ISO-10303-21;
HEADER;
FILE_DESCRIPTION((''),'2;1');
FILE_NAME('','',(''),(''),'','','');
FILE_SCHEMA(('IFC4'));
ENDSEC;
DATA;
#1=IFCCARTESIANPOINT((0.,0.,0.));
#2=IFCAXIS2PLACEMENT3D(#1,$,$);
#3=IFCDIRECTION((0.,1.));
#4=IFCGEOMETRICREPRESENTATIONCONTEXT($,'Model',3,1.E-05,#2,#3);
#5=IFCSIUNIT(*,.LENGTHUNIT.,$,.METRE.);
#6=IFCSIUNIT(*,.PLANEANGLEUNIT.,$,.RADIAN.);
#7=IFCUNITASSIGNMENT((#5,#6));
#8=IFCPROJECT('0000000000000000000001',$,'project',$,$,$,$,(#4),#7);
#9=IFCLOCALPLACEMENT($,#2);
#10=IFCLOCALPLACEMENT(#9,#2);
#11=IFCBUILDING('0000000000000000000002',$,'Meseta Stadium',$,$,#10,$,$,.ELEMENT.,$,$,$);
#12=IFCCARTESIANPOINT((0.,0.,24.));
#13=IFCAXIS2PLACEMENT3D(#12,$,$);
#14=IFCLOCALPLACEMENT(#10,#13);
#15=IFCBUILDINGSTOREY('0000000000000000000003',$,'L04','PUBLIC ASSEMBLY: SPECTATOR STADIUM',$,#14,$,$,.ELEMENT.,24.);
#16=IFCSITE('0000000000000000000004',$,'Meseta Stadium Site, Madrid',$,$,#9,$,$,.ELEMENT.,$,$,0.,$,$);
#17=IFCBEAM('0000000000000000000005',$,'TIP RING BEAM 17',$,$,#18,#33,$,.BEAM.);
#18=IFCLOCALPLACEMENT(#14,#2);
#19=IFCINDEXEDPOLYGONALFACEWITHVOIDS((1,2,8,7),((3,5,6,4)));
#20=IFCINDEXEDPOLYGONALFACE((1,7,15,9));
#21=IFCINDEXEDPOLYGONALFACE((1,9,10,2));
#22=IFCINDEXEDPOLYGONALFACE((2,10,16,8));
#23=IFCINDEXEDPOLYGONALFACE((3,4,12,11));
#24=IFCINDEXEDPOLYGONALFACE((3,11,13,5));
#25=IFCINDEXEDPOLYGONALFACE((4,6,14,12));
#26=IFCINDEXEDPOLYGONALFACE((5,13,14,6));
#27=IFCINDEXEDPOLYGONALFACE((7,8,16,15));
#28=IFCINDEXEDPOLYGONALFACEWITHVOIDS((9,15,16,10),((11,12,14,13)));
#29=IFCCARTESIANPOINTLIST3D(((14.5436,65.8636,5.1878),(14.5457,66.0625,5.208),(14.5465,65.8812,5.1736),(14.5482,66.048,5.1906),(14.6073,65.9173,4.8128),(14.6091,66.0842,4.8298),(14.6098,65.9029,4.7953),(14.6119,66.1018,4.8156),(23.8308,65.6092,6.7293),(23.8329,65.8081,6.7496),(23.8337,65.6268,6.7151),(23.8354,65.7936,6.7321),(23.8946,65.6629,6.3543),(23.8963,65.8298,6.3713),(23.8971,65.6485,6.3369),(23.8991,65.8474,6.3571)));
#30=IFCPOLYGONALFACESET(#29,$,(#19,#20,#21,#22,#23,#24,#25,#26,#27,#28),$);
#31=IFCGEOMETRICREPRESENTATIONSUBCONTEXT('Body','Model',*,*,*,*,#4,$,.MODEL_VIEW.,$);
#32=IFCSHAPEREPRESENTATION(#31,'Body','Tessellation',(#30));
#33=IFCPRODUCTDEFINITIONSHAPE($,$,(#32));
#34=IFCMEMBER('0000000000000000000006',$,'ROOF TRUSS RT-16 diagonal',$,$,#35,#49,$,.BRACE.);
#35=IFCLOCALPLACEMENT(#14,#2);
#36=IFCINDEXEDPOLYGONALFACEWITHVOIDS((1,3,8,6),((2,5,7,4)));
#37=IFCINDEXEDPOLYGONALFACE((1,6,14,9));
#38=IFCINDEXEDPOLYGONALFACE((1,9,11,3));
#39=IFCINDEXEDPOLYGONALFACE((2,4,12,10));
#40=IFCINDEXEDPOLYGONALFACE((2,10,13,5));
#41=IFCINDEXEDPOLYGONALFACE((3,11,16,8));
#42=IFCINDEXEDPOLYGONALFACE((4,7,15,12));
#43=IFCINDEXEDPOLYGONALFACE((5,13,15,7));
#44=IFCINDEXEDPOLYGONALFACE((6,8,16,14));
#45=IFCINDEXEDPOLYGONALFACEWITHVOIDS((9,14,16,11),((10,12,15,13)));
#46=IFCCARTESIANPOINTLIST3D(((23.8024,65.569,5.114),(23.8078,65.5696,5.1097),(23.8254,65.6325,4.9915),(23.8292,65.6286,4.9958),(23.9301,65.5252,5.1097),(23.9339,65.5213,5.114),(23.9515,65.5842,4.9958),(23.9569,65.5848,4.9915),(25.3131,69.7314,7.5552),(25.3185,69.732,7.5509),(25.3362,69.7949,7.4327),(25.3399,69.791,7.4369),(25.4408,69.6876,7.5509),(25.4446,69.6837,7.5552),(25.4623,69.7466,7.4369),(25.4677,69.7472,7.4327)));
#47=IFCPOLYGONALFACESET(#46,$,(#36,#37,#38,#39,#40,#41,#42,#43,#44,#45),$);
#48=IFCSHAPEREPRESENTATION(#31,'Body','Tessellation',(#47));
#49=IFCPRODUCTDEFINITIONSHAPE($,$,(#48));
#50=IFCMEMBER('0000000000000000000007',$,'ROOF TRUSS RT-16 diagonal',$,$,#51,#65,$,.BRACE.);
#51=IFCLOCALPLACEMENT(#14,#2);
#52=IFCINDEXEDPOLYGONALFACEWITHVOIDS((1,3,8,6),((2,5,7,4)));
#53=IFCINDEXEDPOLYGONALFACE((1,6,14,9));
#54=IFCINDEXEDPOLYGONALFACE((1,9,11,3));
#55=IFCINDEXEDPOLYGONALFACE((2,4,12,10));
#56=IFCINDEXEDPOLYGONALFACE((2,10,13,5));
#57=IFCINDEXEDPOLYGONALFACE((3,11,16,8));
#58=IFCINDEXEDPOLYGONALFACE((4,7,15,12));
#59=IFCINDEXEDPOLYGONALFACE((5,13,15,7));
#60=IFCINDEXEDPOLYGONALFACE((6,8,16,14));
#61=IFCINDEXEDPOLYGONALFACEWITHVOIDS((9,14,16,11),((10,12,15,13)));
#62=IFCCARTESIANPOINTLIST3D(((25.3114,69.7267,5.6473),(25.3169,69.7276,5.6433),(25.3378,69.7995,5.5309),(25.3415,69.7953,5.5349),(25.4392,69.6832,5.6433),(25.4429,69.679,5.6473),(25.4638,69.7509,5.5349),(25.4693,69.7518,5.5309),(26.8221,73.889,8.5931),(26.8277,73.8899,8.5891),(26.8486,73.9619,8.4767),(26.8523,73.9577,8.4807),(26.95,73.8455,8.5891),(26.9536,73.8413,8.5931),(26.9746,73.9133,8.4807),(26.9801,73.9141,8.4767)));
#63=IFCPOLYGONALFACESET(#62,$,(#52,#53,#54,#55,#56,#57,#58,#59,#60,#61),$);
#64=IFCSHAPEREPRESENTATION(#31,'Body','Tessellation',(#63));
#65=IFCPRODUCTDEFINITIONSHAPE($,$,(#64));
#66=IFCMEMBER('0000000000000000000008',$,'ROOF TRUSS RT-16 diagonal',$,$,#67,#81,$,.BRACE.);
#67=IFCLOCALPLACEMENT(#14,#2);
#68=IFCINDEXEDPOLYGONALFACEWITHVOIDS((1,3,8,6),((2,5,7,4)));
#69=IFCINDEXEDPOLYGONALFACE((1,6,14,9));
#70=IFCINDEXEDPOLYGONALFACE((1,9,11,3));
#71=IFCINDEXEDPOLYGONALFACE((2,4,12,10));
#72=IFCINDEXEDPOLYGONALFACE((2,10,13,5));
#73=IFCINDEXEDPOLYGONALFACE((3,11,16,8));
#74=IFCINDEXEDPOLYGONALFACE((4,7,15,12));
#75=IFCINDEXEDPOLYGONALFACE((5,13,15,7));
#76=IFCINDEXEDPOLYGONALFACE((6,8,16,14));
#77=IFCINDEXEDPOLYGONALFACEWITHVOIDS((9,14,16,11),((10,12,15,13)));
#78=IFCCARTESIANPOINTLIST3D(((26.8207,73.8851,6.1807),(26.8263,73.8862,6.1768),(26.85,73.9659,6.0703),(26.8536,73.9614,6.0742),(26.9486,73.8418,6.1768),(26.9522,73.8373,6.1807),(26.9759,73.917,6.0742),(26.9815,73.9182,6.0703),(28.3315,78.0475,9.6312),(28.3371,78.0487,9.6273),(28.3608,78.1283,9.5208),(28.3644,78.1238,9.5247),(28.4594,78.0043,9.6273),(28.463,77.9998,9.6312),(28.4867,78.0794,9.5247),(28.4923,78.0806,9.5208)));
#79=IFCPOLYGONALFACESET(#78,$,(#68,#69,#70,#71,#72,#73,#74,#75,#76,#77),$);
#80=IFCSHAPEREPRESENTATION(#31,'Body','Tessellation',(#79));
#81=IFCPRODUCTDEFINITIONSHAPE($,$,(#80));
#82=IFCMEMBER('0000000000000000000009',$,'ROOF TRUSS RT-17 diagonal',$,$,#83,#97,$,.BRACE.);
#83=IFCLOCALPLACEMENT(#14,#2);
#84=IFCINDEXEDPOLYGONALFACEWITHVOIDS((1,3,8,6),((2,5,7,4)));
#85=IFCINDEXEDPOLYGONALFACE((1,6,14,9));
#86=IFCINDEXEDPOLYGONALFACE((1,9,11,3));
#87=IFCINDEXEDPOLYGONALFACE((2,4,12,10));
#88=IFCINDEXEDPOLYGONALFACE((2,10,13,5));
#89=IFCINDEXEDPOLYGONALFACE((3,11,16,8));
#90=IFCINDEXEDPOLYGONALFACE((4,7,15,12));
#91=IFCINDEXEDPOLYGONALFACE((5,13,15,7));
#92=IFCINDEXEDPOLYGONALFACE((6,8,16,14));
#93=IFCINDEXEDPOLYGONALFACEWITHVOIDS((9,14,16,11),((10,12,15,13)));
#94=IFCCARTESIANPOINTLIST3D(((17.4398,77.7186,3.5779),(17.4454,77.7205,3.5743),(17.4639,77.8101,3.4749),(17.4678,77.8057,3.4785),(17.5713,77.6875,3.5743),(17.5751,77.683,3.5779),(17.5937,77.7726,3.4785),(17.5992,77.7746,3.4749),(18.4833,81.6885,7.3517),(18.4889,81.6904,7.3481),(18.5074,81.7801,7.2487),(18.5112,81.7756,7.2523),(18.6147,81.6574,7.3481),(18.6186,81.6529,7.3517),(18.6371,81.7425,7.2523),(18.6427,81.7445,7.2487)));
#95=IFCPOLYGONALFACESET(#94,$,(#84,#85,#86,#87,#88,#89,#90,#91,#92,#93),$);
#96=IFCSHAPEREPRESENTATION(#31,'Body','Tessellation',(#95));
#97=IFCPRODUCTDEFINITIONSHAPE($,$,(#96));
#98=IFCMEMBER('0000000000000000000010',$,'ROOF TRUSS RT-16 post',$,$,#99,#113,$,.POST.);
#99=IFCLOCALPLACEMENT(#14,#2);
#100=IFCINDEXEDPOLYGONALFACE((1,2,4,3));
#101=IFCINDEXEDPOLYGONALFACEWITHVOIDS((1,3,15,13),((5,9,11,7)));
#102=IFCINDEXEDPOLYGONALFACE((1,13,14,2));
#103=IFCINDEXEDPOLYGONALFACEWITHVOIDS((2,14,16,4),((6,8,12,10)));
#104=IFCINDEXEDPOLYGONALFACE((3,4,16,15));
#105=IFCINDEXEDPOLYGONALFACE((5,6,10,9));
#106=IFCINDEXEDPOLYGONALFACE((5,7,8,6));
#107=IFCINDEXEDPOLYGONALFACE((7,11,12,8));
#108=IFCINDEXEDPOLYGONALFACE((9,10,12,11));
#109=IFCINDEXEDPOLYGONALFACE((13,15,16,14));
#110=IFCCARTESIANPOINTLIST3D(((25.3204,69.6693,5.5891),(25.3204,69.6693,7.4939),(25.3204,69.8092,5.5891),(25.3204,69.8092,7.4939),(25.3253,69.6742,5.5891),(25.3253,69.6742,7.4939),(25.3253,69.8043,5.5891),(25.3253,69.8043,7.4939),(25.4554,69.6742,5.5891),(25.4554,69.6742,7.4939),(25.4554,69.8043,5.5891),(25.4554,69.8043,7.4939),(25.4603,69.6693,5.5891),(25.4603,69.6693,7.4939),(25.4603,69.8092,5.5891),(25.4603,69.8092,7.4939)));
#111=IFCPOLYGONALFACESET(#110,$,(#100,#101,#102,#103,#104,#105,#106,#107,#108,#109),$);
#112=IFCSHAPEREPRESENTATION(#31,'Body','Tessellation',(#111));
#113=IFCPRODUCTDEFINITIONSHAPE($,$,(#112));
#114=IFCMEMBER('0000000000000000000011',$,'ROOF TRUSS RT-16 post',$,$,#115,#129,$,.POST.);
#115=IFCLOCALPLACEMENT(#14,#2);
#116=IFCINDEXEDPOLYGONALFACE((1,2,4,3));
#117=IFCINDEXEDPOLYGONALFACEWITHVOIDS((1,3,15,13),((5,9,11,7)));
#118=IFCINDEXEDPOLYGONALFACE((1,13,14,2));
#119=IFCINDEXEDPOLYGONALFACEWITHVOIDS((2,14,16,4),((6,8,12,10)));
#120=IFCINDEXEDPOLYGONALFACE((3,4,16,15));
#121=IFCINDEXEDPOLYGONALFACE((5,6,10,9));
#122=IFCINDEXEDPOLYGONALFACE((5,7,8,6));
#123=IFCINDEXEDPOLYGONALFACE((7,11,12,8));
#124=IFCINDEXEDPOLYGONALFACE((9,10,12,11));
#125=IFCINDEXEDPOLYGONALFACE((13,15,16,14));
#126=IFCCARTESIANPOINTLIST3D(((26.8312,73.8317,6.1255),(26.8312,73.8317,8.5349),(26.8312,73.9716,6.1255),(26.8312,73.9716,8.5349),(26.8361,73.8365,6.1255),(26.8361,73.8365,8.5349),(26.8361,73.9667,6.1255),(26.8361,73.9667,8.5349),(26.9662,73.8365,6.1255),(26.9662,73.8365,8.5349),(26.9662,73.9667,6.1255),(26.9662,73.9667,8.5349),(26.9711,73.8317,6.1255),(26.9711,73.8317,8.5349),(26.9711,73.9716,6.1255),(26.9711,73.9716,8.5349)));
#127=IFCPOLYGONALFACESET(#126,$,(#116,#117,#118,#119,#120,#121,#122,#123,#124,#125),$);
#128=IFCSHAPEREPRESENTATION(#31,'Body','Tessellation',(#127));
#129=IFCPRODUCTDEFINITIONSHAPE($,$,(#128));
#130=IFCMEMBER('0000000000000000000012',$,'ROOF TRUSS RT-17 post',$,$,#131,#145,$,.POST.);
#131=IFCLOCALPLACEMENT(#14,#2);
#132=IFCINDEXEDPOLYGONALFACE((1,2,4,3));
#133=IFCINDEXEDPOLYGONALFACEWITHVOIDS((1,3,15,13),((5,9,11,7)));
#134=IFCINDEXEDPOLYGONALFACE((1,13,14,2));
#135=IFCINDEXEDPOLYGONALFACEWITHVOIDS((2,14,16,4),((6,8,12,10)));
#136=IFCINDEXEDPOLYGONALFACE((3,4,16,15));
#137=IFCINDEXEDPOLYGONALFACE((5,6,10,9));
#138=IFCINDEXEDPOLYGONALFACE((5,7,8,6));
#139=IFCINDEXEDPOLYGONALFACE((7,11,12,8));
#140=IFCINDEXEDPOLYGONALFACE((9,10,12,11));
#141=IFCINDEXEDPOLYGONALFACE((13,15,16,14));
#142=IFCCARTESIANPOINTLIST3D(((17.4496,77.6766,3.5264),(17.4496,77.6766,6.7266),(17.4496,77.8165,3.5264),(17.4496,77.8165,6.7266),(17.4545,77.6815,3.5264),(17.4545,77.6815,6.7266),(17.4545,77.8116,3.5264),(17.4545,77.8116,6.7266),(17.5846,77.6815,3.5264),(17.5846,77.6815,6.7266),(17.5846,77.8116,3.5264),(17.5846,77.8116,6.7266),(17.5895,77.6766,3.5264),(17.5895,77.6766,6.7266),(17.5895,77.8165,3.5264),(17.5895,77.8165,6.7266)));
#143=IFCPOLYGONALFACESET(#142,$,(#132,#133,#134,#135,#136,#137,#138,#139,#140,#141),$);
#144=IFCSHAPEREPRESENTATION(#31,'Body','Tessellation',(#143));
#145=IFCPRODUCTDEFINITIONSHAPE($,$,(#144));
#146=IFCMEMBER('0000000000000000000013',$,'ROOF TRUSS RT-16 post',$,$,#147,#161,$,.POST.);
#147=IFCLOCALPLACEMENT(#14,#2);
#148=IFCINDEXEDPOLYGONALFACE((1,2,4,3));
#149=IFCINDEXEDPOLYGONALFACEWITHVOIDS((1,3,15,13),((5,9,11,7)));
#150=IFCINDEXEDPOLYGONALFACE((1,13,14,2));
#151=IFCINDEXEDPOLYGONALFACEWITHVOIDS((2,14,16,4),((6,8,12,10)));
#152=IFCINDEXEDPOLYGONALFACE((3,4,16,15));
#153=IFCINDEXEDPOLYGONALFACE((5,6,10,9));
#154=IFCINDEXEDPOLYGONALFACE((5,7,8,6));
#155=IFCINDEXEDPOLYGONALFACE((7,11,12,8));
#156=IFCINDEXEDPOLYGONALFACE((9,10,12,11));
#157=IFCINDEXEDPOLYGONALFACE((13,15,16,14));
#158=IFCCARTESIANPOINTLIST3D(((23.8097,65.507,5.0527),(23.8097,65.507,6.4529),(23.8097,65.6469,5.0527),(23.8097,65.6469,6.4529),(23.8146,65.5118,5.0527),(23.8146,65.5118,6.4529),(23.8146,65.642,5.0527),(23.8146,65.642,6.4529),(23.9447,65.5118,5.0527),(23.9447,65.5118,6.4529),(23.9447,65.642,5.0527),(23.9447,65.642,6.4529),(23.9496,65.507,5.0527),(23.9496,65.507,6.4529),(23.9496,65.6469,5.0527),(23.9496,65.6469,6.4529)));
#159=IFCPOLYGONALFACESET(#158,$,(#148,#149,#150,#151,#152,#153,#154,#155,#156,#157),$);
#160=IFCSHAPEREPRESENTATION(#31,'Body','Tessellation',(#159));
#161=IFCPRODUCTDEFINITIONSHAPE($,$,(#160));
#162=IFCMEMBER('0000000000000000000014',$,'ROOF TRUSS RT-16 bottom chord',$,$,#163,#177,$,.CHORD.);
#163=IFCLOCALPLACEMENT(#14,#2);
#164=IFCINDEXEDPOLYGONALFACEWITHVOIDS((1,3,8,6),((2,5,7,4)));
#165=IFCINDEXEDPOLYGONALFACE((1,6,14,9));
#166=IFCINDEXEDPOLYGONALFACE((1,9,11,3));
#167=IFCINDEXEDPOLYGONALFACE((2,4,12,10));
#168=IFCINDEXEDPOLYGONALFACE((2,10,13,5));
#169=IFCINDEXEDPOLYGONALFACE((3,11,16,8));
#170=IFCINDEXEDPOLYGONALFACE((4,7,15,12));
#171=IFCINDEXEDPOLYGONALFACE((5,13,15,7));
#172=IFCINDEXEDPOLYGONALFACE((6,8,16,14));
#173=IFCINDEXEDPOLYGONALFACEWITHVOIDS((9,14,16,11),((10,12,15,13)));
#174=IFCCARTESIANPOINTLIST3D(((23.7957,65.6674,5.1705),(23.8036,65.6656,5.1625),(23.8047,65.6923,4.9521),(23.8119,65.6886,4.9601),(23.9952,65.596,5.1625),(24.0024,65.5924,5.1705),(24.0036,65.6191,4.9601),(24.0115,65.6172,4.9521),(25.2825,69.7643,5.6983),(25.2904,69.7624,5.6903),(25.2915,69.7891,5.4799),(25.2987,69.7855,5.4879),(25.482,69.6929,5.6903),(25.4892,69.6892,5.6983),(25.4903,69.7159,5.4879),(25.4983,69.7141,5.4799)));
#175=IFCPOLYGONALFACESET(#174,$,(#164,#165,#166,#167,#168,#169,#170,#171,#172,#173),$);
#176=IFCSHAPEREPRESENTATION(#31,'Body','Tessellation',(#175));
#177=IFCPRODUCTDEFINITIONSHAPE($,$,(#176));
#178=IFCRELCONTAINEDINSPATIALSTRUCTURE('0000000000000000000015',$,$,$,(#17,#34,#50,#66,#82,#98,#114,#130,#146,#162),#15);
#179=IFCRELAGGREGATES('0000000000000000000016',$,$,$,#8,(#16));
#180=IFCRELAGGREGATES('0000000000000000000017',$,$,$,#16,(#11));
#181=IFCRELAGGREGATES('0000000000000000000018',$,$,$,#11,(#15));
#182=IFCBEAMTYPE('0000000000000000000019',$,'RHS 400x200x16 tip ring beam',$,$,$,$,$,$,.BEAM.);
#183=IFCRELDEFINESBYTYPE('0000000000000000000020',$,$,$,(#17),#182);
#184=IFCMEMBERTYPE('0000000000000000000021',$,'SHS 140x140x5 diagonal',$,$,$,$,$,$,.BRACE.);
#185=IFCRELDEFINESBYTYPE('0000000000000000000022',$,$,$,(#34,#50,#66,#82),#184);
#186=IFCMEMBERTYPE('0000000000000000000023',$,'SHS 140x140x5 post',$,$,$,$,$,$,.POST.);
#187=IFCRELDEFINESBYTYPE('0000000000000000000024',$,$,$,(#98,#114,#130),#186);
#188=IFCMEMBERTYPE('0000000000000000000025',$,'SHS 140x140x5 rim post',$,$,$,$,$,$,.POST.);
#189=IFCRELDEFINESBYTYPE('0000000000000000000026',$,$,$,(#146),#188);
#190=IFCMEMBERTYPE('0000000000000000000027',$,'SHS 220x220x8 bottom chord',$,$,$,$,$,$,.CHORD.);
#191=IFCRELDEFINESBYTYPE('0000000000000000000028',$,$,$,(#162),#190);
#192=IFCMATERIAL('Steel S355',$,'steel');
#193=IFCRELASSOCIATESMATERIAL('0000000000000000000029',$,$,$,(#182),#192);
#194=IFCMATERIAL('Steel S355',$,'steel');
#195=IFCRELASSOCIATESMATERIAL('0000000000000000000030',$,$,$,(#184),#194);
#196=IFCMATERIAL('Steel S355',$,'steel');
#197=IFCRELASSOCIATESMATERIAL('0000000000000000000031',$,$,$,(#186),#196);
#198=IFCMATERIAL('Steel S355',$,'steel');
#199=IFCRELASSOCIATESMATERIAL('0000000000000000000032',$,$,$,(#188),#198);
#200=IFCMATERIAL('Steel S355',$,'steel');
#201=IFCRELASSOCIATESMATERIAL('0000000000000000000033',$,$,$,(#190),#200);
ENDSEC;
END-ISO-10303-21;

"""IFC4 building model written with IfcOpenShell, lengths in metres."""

from ifc_helpers import new_model, si_unit, direction, frame, origin, origin_2d, place, context, subcontext, project, spatial, hollow_rectangle, extrude, material, material_profile, profile_set, type_object, element, save


model = new_model("IFC4")

# Units and contexts
model_context = context("Model", 3, precision=1e-05, world=origin(), true_north=direction((0.0, 1.0)))
body_context = subcontext(model_context, "Body", "Model", "MODEL_VIEW")
ifc_project = project(units=[si_unit("LENGTHUNIT", "METRE"), si_unit("PLANEANGLEUNIT", "RADIAN")], contexts=[model_context])

# Site, building, storey
site_placement = place(None, origin())
site = spatial("IfcSite", under=ifc_project, at=site_placement, Name="Meseta Stadium Site, Madrid", CompositionType="ELEMENT", RefElevation=0.0)
building_placement = place(site_placement, origin())
building = spatial("IfcBuilding", under=site, at=building_placement, Name="Meseta Stadium", CompositionType="ELEMENT")
storey_placement = place(building_placement, frame((0.0, 0.0, 24.0)))
storey = spatial("IfcBuildingStorey", under=building, at=storey_placement, Name="L04", Description="PUBLIC ASSEMBLY: SPECTATOR STADIUM", CompositionType="ELEMENT", Elevation=24.0)

# Beam
ifc_material_1 = material(Name="Steel S355", Category="steel")
ifc_material_profile_1 = material_profile(ifc_material_1, hollow_rectangle(XDim=0.2, YDim=0.3999, WallThickness=0.0161, at=origin_2d()), Name="RHS 400x200x16")
ifc_profile_set_1 = profile_set([ifc_material_profile_1], Name="Steel S355")
beam_type = type_object("IfcBeamType", Name="RHS 400x200x16 tip ring beam", PredefinedType="BEAM", material=ifc_profile_set_1)
beam_placement = place(storey_placement, frame((23.865, 65.7283, 6.5432), z_axis=(-0.986143, 0.027013, -0.163683), x_axis=(-0.010416, -0.994789, -0.101418)))
element("IfcBeam", 1, at=beam_placement, inside=storey, type_object=beam_type, Name="TIP RING BEAM 17", PredefinedType="BEAM", context=body_context, shape_type="SweptSolid", body=[
    extrude(hollow_rectangle(XDim=0.2, YDim=0.3999, WallThickness=0.0161, at=origin_2d()), origin(), (0.0, 0.0, 1.0), 9.4177),
])

# Members
ifc_material_2 = material(Name="Steel S355", Category="steel")
ifc_material_profile_2 = material_profile(ifc_material_2, hollow_rectangle(XDim=0.1399, YDim=0.1399, WallThickness=0.0049, at=origin_2d()), Name="SHS 140x140x5")
ifc_profile_set_2 = profile_set([ifc_material_profile_2], Name="Steel S355")
member_type_1 = type_object("IfcMemberType", Name="SHS 140x140x5 diagonal", PredefinedType="BRACE", material=ifc_profile_set_2)
member_1_placement = place(storey_placement, frame((23.8796, 65.5769, 5.0527), z_axis=(0.29878, 0.823191, 0.48279), x_axis=(-0.939999, 0.341176, 0.0)))
element("IfcMember", 2, at=member_1_placement, inside=storey, type_object=member_type_1, Name="ROOF TRUSS RT-16 diagonal", PredefinedType="BRACE", context=body_context, shape_type="SweptSolid", body=[
    extrude(hollow_rectangle(XDim=0.1399, YDim=0.1399, WallThickness=0.0049, at=origin_2d()), origin(), (0.0, 0.0, 1.0), 5.0564),
])
member_2_placement = place(storey_placement, frame((25.3904, 69.7393, 5.5891), z_axis=(0.28406, 0.782634, 0.55389), x_axis=(-0.939999, 0.341176, 0.0)))
element("IfcMember", 3, at=member_2_placement, inside=storey, type_object=member_type_1, Name="ROOF TRUSS RT-16 diagonal", PredefinedType="BRACE", context=body_context, shape_type="SweptSolid", body=[
    extrude(hollow_rectangle(XDim=0.1399, YDim=0.1399, WallThickness=0.0049, at=origin_2d()), origin(), (0.0, 0.0, 1.0), 5.3184),
])
member_3_placement = place(storey_placement, frame((26.9011, 73.9016, 6.1255), z_axis=(0.269119, 0.74147, 0.614652), x_axis=(-0.939999, 0.341176, 0.0)))
element("IfcMember", 4, at=member_3_placement, inside=storey, type_object=member_type_1, Name="ROOF TRUSS RT-16 diagonal", PredefinedType="BRACE", context=body_context, shape_type="SweptSolid", body=[
    extrude(hollow_rectangle(XDim=0.1399, YDim=0.1399, WallThickness=0.0049, at=origin_2d()), origin(), (0.0, 0.0, 1.0), 5.6138),
])
member_4_placement = place(storey_placement, frame((17.5195, 77.7466, 3.5264), z_axis=(0.187133, 0.711972, 0.676814), x_axis=(-0.967151, 0.254203, 0.0)))
element("IfcMember", 5, at=member_4_placement, inside=storey, type_object=member_type_1, Name="ROOF TRUSS RT-17 diagonal", PredefinedType="BRACE", context=body_context, shape_type="SweptSolid", body=[
    extrude(hollow_rectangle(XDim=0.1399, YDim=0.1399, WallThickness=0.0049, at=origin_2d()), origin(), (0.0, 0.0, 1.0), 5.5759),
])
ifc_material_3 = material(Name="Steel S355", Category="steel")
ifc_material_profile_3 = material_profile(ifc_material_3, hollow_rectangle(XDim=0.1399, YDim=0.1399, WallThickness=0.0049, at=origin_2d()), Name="SHS 140x140x5")
ifc_profile_set_3 = profile_set([ifc_material_profile_3], Name="Steel S355")
member_type_2 = type_object("IfcMemberType", Name="SHS 140x140x5 post", PredefinedType="POST", material=ifc_profile_set_3)
member_5_placement = place(storey_placement, frame((25.3904, 69.7393, 5.5891), z_axis=(0.0, 0.0, 1.0), x_axis=(1.0, 0.0, 0.0)))
element("IfcMember", 6, at=member_5_placement, inside=storey, type_object=member_type_2, Name="ROOF TRUSS RT-16 post", PredefinedType="POST", context=body_context, shape_type="SweptSolid", body=[
    extrude(hollow_rectangle(XDim=0.1399, YDim=0.1399, WallThickness=0.0049, at=origin_2d()), origin(), (0.0, 0.0, 1.0), 1.9048),
])
member_6_placement = place(storey_placement, frame((26.9011, 73.9016, 6.1255), z_axis=(0.0, 0.0, 1.0), x_axis=(1.0, 0.0, 0.0)))
element("IfcMember", 7, at=member_6_placement, inside=storey, type_object=member_type_2, Name="ROOF TRUSS RT-16 post", PredefinedType="POST", context=body_context, shape_type="SweptSolid", body=[
    extrude(hollow_rectangle(XDim=0.1399, YDim=0.1399, WallThickness=0.0049, at=origin_2d()), origin(), (0.0, 0.0, 1.0), 2.4094),
])
member_7_placement = place(storey_placement, frame((17.5195, 77.7466, 3.5264), z_axis=(0.0, 0.0, 1.0), x_axis=(1.0, 0.0, 0.0)))
element("IfcMember", 8, at=member_7_placement, inside=storey, type_object=member_type_2, Name="ROOF TRUSS RT-17 post", PredefinedType="POST", context=body_context, shape_type="SweptSolid", body=[
    extrude(hollow_rectangle(XDim=0.1399, YDim=0.1399, WallThickness=0.0049, at=origin_2d()), origin(), (0.0, 0.0, 1.0), 3.2002),
])
ifc_material_4 = material(Name="Steel S355", Category="steel")
ifc_material_profile_4 = material_profile(ifc_material_4, hollow_rectangle(XDim=0.1399, YDim=0.1399, WallThickness=0.0049, at=origin_2d()), Name="SHS 140x140x5")
ifc_profile_set_4 = profile_set([ifc_material_profile_4], Name="Steel S355")
member_type_3 = type_object("IfcMemberType", Name="SHS 140x140x5 rim post", PredefinedType="POST", material=ifc_profile_set_4)
member_8_placement = place(storey_placement, frame((23.8796, 65.5769, 5.0527), z_axis=(0.0, 0.0, 1.0), x_axis=(1.0, 0.0, 0.0)))
element("IfcMember", 9, at=member_8_placement, inside=storey, type_object=member_type_3, Name="ROOF TRUSS RT-16 post", PredefinedType="POST", context=body_context, shape_type="SweptSolid", body=[
    extrude(hollow_rectangle(XDim=0.1399, YDim=0.1399, WallThickness=0.0049, at=origin_2d()), origin(), (0.0, 0.0, 1.0), 1.4001),
])
ifc_material_5 = material(Name="Steel S355", Category="steel")
ifc_material_profile_5 = material_profile(ifc_material_5, hollow_rectangle(XDim=0.22, YDim=0.22, WallThickness=0.0081, at=origin_2d()), Name="SHS 220x220x8")
ifc_profile_set_5 = profile_set([ifc_material_profile_5], Name="Steel S355")
member_type_4 = type_object("IfcMemberType", Name="SHS 220x220x8 bottom chord", PredefinedType="CHORD", material=ifc_profile_set_5)
member_9_placement = place(storey_placement, frame((23.9036, 65.6423, 5.0613), z_axis=(0.338666, 0.933194, 0.120229), x_axis=(-0.940012, 0.34114, 0.0)))
element("IfcMember", 10, at=member_9_placement, inside=storey, type_object=member_type_4, Name="ROOF TRUSS RT-16 bottom chord", PredefinedType="CHORD", context=body_context, shape_type="SweptSolid", body=[
    extrude(hollow_rectangle(XDim=0.22, YDim=0.22, WallThickness=0.0081, at=origin_2d()), origin(), (0.0, 0.0, 1.0), 4.3901),
])

save(model, "model.ifc")
